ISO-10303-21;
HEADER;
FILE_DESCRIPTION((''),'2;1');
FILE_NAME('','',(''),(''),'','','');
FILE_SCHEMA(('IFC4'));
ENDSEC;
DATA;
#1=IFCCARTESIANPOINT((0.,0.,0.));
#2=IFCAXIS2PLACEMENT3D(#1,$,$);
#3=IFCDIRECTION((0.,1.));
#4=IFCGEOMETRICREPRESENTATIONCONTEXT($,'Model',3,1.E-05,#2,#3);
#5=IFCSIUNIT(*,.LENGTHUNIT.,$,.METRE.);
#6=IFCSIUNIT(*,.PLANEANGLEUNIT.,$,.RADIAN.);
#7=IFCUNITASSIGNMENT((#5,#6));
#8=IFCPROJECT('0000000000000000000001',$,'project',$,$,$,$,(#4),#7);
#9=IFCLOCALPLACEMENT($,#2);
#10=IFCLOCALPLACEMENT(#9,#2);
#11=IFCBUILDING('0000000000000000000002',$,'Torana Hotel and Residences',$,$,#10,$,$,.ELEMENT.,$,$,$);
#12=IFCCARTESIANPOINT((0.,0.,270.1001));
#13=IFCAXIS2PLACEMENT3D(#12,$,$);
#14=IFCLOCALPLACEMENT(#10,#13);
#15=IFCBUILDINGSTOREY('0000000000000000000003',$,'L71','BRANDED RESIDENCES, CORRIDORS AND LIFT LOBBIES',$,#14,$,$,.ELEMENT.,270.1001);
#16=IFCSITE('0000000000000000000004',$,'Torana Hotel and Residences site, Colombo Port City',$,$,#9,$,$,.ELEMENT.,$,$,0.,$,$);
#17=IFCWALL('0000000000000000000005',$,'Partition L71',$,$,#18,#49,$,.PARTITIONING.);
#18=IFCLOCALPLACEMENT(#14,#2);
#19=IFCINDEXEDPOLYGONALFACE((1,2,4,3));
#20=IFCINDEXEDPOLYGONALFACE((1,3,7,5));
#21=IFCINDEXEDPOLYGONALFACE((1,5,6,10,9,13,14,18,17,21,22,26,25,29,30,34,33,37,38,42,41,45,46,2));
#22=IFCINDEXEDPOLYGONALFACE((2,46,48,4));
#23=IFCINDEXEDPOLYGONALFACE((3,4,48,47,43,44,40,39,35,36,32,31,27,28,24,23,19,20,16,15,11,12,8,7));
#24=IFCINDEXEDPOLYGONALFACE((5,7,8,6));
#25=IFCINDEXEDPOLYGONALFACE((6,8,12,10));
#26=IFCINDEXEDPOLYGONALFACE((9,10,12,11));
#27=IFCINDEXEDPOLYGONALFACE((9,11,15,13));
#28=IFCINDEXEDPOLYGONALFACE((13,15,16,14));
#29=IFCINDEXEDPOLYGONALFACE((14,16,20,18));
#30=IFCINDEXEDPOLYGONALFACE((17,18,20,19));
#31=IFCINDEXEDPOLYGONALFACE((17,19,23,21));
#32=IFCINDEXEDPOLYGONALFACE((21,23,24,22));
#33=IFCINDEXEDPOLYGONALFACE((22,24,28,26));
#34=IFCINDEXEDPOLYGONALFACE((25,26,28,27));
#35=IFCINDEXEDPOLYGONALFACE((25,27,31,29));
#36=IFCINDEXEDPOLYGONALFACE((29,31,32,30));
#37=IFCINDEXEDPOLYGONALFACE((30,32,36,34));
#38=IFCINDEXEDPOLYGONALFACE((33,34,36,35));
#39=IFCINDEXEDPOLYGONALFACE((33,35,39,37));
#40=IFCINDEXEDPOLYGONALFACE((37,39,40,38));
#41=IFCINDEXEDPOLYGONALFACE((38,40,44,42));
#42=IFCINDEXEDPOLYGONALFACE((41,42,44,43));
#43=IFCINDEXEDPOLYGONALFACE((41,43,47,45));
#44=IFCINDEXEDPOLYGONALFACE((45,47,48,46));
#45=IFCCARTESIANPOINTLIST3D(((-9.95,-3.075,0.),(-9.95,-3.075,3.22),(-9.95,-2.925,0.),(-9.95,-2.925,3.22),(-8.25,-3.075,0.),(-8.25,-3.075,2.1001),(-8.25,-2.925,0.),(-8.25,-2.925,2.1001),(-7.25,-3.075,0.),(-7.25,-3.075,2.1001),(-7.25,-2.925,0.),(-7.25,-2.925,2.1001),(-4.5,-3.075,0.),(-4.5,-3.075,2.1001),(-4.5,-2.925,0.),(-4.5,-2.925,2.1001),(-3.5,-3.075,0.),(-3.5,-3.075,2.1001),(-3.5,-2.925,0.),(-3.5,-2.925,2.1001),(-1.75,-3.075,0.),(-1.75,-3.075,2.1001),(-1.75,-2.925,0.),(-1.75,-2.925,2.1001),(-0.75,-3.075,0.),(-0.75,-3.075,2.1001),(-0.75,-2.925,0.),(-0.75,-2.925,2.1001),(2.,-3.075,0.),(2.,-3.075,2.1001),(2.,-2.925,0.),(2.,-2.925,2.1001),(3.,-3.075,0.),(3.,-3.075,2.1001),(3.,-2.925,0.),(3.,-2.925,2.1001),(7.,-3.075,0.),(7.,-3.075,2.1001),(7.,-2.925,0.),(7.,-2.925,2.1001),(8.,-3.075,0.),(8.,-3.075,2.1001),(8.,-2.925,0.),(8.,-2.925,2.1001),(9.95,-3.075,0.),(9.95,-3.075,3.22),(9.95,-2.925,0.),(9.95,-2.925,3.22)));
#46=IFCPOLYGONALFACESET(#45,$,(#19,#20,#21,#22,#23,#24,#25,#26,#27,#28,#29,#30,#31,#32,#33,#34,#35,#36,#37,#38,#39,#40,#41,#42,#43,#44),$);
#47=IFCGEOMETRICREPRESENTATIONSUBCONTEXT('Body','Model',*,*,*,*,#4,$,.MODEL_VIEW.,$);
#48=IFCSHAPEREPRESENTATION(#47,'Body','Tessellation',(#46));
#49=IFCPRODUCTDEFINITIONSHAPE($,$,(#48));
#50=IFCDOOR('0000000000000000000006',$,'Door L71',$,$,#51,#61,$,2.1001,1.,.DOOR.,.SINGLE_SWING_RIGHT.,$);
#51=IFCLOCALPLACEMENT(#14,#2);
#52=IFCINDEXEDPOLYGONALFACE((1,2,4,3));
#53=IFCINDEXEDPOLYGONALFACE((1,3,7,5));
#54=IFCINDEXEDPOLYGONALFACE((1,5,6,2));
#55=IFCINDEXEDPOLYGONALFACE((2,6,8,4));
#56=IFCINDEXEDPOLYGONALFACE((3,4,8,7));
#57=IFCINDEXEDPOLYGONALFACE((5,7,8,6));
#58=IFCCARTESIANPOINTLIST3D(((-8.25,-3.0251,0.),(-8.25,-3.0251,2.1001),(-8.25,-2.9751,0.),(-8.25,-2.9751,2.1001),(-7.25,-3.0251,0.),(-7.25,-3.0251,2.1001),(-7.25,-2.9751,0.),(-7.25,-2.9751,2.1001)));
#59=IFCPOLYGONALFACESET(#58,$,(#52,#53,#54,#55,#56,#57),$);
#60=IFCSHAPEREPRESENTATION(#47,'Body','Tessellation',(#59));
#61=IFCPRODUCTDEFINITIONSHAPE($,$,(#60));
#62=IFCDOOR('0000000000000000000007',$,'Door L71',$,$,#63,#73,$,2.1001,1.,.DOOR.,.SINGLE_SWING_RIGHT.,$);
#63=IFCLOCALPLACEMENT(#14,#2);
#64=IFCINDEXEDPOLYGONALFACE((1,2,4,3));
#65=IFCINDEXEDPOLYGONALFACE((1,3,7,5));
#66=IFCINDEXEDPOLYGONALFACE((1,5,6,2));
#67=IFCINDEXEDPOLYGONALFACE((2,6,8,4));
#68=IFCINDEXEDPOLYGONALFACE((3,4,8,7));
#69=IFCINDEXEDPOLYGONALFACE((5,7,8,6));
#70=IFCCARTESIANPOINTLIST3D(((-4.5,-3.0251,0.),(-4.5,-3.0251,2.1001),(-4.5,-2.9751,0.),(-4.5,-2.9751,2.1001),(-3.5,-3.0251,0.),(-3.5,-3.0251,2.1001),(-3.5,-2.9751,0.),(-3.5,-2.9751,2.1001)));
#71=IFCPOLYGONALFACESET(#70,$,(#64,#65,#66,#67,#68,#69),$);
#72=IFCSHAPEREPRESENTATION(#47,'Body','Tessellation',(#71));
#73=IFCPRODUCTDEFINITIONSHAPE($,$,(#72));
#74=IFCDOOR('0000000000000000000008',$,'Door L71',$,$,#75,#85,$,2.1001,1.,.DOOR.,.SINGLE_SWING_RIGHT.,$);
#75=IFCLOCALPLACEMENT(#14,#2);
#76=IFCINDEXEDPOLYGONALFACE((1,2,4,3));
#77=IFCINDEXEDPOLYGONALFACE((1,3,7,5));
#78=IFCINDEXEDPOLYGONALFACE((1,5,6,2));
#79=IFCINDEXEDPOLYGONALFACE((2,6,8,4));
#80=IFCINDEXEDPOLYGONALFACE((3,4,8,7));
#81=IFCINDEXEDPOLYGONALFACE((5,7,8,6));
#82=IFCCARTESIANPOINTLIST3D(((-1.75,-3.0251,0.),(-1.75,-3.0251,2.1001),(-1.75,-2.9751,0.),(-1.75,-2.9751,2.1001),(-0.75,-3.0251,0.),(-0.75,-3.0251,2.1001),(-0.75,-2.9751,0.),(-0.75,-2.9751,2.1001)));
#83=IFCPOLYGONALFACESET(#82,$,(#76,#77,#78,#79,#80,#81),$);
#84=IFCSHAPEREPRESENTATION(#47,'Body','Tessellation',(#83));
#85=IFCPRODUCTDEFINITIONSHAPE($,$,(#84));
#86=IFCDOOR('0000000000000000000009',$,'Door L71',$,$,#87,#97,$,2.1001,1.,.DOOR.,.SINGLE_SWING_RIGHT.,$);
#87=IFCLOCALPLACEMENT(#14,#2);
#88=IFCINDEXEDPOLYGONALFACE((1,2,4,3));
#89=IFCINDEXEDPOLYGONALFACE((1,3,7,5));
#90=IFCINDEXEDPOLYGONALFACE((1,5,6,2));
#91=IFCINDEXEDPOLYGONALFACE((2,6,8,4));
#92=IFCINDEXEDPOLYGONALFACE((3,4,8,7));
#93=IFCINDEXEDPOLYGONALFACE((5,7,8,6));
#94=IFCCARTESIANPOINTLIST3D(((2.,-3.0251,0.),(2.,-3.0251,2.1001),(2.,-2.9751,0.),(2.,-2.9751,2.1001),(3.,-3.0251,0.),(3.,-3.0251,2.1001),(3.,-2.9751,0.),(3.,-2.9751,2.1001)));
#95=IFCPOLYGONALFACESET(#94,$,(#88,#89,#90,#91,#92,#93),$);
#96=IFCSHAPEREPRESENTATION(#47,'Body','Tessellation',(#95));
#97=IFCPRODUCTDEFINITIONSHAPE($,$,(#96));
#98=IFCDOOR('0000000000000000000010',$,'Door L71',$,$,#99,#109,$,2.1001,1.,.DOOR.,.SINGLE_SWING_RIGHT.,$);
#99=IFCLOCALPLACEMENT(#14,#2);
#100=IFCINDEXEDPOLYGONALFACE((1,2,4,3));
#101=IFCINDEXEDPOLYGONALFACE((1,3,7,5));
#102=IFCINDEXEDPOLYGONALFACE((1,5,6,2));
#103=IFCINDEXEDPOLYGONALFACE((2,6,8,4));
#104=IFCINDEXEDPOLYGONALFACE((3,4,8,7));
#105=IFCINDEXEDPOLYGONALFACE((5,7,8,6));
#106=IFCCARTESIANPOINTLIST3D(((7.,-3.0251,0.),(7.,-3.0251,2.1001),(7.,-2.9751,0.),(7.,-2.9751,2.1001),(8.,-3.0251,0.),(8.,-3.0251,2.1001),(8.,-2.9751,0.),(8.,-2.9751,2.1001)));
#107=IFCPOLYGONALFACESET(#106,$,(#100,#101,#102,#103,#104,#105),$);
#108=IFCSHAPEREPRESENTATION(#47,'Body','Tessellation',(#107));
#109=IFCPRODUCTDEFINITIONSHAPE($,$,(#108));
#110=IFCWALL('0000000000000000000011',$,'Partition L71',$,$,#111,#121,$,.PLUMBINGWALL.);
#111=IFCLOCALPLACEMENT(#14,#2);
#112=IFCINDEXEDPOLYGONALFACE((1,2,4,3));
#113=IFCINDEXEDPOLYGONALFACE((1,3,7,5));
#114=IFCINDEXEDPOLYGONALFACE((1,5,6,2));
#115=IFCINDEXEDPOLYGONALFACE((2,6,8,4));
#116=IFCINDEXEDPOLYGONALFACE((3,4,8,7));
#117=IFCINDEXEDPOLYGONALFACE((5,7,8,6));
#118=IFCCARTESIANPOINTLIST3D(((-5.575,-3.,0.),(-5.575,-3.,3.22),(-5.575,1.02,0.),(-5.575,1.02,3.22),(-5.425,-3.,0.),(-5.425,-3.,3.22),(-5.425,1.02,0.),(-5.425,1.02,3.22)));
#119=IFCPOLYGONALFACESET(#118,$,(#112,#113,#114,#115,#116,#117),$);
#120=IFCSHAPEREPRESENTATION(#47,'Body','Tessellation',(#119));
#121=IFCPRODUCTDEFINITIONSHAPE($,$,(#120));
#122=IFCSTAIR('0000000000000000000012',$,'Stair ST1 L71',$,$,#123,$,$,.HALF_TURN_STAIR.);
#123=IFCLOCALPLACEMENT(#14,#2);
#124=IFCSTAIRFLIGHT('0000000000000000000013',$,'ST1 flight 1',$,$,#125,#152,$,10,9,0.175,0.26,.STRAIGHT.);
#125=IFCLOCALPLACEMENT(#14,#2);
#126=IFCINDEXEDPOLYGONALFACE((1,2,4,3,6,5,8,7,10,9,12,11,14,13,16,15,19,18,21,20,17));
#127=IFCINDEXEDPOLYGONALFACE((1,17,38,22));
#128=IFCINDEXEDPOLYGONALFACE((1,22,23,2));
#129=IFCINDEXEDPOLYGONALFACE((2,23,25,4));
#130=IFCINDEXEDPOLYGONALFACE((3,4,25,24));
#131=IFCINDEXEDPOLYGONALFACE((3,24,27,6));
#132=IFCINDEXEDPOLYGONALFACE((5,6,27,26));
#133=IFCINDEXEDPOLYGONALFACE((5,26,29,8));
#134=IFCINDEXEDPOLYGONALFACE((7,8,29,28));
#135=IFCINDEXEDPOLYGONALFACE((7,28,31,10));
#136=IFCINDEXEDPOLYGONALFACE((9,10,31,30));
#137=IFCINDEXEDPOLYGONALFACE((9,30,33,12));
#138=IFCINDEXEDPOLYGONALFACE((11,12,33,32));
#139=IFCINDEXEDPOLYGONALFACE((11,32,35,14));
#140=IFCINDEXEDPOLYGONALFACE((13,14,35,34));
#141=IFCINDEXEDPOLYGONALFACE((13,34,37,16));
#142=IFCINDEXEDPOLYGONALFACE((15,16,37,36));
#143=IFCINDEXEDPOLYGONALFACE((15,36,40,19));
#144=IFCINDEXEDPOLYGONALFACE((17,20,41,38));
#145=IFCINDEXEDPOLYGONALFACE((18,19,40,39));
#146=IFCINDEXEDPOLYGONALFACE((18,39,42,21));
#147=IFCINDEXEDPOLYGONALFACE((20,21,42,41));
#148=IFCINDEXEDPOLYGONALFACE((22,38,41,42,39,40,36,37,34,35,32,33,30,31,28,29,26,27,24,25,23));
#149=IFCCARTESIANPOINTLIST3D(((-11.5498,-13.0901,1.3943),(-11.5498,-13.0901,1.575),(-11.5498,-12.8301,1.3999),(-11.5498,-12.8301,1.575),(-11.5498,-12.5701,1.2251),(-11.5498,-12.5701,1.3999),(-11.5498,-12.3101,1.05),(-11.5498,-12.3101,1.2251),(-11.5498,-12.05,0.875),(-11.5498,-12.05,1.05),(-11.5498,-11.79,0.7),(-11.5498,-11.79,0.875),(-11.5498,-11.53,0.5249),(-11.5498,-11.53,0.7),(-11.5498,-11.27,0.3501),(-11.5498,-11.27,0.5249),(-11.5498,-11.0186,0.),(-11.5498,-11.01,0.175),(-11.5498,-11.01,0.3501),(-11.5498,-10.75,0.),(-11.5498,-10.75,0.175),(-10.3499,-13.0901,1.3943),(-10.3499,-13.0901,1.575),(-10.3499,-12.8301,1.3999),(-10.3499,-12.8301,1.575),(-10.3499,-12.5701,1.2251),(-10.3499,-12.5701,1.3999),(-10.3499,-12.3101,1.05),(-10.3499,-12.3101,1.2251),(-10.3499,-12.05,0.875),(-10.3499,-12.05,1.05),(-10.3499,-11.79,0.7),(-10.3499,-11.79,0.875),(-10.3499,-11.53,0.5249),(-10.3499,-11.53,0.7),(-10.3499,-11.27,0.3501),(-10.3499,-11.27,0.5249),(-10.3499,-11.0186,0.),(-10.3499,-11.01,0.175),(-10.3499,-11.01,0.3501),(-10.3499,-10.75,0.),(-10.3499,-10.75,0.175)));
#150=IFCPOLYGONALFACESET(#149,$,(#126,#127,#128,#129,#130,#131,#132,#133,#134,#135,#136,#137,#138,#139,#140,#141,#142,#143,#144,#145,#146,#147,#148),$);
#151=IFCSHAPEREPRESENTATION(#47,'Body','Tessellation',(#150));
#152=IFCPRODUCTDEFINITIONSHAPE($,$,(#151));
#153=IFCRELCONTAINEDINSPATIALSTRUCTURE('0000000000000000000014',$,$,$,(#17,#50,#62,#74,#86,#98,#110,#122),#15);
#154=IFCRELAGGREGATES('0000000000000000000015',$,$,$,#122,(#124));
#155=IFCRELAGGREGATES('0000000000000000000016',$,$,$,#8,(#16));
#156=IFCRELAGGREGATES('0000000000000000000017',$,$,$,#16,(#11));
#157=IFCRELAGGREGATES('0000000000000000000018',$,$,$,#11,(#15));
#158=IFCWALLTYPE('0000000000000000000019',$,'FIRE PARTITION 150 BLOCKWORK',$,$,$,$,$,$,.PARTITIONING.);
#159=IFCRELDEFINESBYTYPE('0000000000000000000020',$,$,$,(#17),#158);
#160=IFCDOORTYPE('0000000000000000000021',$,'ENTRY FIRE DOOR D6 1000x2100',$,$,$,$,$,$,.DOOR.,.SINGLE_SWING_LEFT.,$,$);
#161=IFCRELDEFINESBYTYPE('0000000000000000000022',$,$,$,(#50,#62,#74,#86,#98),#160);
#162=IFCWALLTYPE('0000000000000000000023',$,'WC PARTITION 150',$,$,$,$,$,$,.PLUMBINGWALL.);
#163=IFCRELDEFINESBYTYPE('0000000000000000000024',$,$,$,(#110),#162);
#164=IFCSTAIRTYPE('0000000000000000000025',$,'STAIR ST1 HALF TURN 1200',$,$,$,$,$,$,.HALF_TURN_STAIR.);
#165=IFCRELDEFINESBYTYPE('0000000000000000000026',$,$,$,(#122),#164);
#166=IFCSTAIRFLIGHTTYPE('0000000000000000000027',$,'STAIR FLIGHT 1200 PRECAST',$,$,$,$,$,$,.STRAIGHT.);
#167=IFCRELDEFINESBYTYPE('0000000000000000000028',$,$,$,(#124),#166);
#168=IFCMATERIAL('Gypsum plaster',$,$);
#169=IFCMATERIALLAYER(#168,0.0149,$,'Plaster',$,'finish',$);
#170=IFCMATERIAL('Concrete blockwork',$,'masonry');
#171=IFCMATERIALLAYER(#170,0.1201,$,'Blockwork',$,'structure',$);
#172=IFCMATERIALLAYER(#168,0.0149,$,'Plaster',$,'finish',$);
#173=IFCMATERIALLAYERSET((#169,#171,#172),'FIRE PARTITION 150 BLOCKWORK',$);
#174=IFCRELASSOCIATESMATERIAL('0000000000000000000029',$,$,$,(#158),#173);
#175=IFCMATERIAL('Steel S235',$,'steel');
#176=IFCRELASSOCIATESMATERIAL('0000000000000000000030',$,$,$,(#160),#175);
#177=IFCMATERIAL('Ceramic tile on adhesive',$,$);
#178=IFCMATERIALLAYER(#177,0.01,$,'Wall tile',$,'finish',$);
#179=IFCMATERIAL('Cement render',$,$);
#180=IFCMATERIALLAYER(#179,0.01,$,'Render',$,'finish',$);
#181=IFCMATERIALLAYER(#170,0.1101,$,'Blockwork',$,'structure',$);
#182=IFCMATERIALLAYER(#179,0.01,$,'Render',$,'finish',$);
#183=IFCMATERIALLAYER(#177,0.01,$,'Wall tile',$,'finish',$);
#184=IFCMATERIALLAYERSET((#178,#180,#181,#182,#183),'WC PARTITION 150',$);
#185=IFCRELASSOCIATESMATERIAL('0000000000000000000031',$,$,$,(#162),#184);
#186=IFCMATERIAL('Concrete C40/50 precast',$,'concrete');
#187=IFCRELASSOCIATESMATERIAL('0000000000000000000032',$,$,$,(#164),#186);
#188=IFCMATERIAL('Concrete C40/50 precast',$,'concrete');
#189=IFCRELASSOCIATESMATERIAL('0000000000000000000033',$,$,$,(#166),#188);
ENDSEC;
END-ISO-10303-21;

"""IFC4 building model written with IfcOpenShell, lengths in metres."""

from ifc_helpers import new_model, si_unit, direction, frame, frame_2d, origin, place, context, subcontext, project, spatial, polyline, rectangle, outline, extrude, material, layer, layer_set, type_object, element, fill, aggregate, save


model = new_model("IFC4")

# Units and contexts
model_context = context("Model", 3, precision=1e-05, world=origin(), true_north=direction((0.0, 1.0)))
body_context = subcontext(model_context, "Body", "Model", "MODEL_VIEW")
ifc_project = project(units=[si_unit("LENGTHUNIT", "METRE"), si_unit("PLANEANGLEUNIT", "RADIAN")], contexts=[model_context])

# Site, building, storey
site_placement = place(None, origin())
site = spatial("IfcSite", under=ifc_project, at=site_placement, Name="Torana Hotel and Residences site, Colombo Port City", CompositionType="ELEMENT", RefElevation=0.0)
building_placement = place(site_placement, origin())
building = spatial("IfcBuilding", under=site, at=building_placement, Name="Torana Hotel and Residences", CompositionType="ELEMENT")
storey_placement = place(building_placement, frame((0.0, 0.0, 270.1001)))
storey = spatial("IfcBuildingStorey", under=building, at=storey_placement, Name="L71", Description="BRANDED RESIDENCES, CORRIDORS AND LIFT LOBBIES", CompositionType="ELEMENT", Elevation=270.1001)

# Shared definitions
ifc_material_1 = material(Name="Gypsum plaster")
ifc_layer_1 = layer(ifc_material_1, 0.0149, Name="Plaster", Category="finish")
ifc_material_2 = material(Name="Concrete blockwork", Category="masonry")
ifc_layer_2 = layer(ifc_material_2, 0.1201, Name="Blockwork", Category="structure")
ifc_layer_3 = layer(ifc_material_1, 0.0149, Name="Plaster", Category="finish")
ifc_layer_set_1 = layer_set([ifc_layer_1, ifc_layer_2, ifc_layer_3], Name="FIRE PARTITION 150 BLOCKWORK")
wall_type_1 = type_object("IfcWallType", Name="FIRE PARTITION 150 BLOCKWORK", PredefinedType="PARTITIONING", material=ifc_layer_set_1)

# Wall, openings, doors
ifc_material_3 = material(Name="Steel S235", Category="steel")
door_type_1 = type_object("IfcDoorType", Name="ENTRY FIRE DOOR D6 1000x2100", OperationType="SINGLE_SWING_LEFT", PredefinedType="DOOR", material=ifc_material_3)
wall_1_placement = place(storey_placement, frame((-9.95, -3.0, 0.0), z_axis=(0.0, 0.0, 1.0), x_axis=(1.0, 0.0, 0.0)))
wall_1 = element("IfcWall", 1, at=wall_1_placement, inside=storey, type_object=wall_type_1, Name="Partition L71", PredefinedType="PARTITIONING", context=body_context, shape_type="SweptSolid", body=[
    extrude(rectangle(XDim=19.8999, YDim=0.1499, at=frame_2d((9.95, 0.0))), origin(), (0.0, 0.0, 1.0), 3.22),
])
opening_1_placement = place(wall_1_placement, frame((1.7, 0.0, 0.0)))
opening_1 = element("IfcOpeningElement", 2, at=opening_1_placement, cuts=wall_1, PredefinedType="OPENING", context=body_context, shape_type="SweptSolid", body=[
    extrude(rectangle(XDim=1.0, YDim=2.1001, at=frame_2d((0.5, 1.05))), frame((0.0, 0.085, 0.0), z_axis=(0.0, -1.0, 0.0), x_axis=(1.0, 0.0, 0.0)), (0.0, 0.0, 1.0), 0.1699),
])
opening_2_placement = place(wall_1_placement, frame((5.45, 0.0, 0.0)))
opening_2 = element("IfcOpeningElement", 3, at=opening_2_placement, cuts=wall_1, PredefinedType="OPENING", context=body_context, shape_type="SweptSolid", body=[
    extrude(rectangle(XDim=1.0, YDim=2.1001, at=frame_2d((0.5, 1.05))), frame((0.0, 0.085, 0.0), z_axis=(0.0, -1.0, 0.0), x_axis=(1.0, 0.0, 0.0)), (0.0, 0.0, 1.0), 0.1699),
])
opening_3_placement = place(wall_1_placement, frame((8.2, 0.0, 0.0)))
opening_3 = element("IfcOpeningElement", 4, at=opening_3_placement, cuts=wall_1, PredefinedType="OPENING", context=body_context, shape_type="SweptSolid", body=[
    extrude(rectangle(XDim=1.0, YDim=2.1001, at=frame_2d((0.5, 1.05))), frame((0.0, 0.085, 0.0), z_axis=(0.0, -1.0, 0.0), x_axis=(1.0, 0.0, 0.0)), (0.0, 0.0, 1.0), 0.1699),
])
opening_4_placement = place(wall_1_placement, frame((11.95, 0.0, 0.0)))
opening_4 = element("IfcOpeningElement", 5, at=opening_4_placement, cuts=wall_1, PredefinedType="OPENING", context=body_context, shape_type="SweptSolid", body=[
    extrude(rectangle(XDim=1.0, YDim=2.1001, at=frame_2d((0.5, 1.05))), frame((0.0, 0.085, 0.0), z_axis=(0.0, -1.0, 0.0), x_axis=(1.0, 0.0, 0.0)), (0.0, 0.0, 1.0), 0.1699),
])
opening_5_placement = place(wall_1_placement, frame((16.95, 0.0, 0.0)))
opening_5 = element("IfcOpeningElement", 6, at=opening_5_placement, cuts=wall_1, PredefinedType="OPENING", context=body_context, shape_type="SweptSolid", body=[
    extrude(rectangle(XDim=1.0, YDim=2.1001, at=frame_2d((0.5, 1.05))), frame((0.0, 0.085, 0.0), z_axis=(0.0, -1.0, 0.0), x_axis=(1.0, 0.0, 0.0)), (0.0, 0.0, 1.0), 0.1699),
])
door_1_placement = place(opening_1_placement, origin())
door_1 = element("IfcDoor", 7, at=door_1_placement, inside=storey, type_object=door_type_1, Name="Door L71", OperationType="SINGLE_SWING_RIGHT", OverallHeight=2.1001, OverallWidth=1.0, PredefinedType="DOOR", context=body_context, shape_type="SweptSolid", body=[
    extrude(rectangle(XDim=1.0, YDim=2.1001, at=frame_2d((0.5, 1.05))), frame((0.0, 0.0249, 0.0), z_axis=(0.0, -1.0, 0.0), x_axis=(1.0, 0.0, 0.0)), (0.0, 0.0, 1.0), 0.05),
])
fill(opening_1, door_1)
door_2_placement = place(opening_2_placement, origin())
door_2 = element("IfcDoor", 8, at=door_2_placement, inside=storey, type_object=door_type_1, Name="Door L71", OperationType="SINGLE_SWING_RIGHT", OverallHeight=2.1001, OverallWidth=1.0, PredefinedType="DOOR", context=body_context, shape_type="SweptSolid", body=[
    extrude(rectangle(XDim=1.0, YDim=2.1001, at=frame_2d((0.5, 1.05))), frame((0.0, 0.0249, 0.0), z_axis=(0.0, -1.0, 0.0), x_axis=(1.0, 0.0, 0.0)), (0.0, 0.0, 1.0), 0.05),
])
fill(opening_2, door_2)
door_3_placement = place(opening_3_placement, origin())
door_3 = element("IfcDoor", 9, at=door_3_placement, inside=storey, type_object=door_type_1, Name="Door L71", OperationType="SINGLE_SWING_RIGHT", OverallHeight=2.1001, OverallWidth=1.0, PredefinedType="DOOR", context=body_context, shape_type="SweptSolid", body=[
    extrude(rectangle(XDim=1.0, YDim=2.1001, at=frame_2d((0.5, 1.05))), frame((0.0, 0.0249, 0.0), z_axis=(0.0, -1.0, 0.0), x_axis=(1.0, 0.0, 0.0)), (0.0, 0.0, 1.0), 0.05),
])
fill(opening_3, door_3)
door_4_placement = place(opening_4_placement, origin())
door_4 = element("IfcDoor", 10, at=door_4_placement, inside=storey, type_object=door_type_1, Name="Door L71", OperationType="SINGLE_SWING_RIGHT", OverallHeight=2.1001, OverallWidth=1.0, PredefinedType="DOOR", context=body_context, shape_type="SweptSolid", body=[
    extrude(rectangle(XDim=1.0, YDim=2.1001, at=frame_2d((0.5, 1.05))), frame((0.0, 0.0249, 0.0), z_axis=(0.0, -1.0, 0.0), x_axis=(1.0, 0.0, 0.0)), (0.0, 0.0, 1.0), 0.05),
])
fill(opening_4, door_4)
door_5_placement = place(opening_5_placement, origin())
door_5 = element("IfcDoor", 11, at=door_5_placement, inside=storey, type_object=door_type_1, Name="Door L71", OperationType="SINGLE_SWING_RIGHT", OverallHeight=2.1001, OverallWidth=1.0, PredefinedType="DOOR", context=body_context, shape_type="SweptSolid", body=[
    extrude(rectangle(XDim=1.0, YDim=2.1001, at=frame_2d((0.5, 1.05))), frame((0.0, 0.0249, 0.0), z_axis=(0.0, -1.0, 0.0), x_axis=(1.0, 0.0, 0.0)), (0.0, 0.0, 1.0), 0.05),
])
fill(opening_5, door_5)

# Wall
ifc_material_4 = material(Name="Ceramic tile on adhesive")
ifc_layer_4 = layer(ifc_material_4, 0.01, Name="Wall tile", Category="finish")
ifc_material_5 = material(Name="Cement render")
ifc_layer_5 = layer(ifc_material_5, 0.01, Name="Render", Category="finish")
ifc_layer_6 = layer(ifc_material_2, 0.1101, Name="Blockwork", Category="structure")
ifc_layer_7 = layer(ifc_material_5, 0.01, Name="Render", Category="finish")
ifc_layer_8 = layer(ifc_material_4, 0.01, Name="Wall tile", Category="finish")
ifc_layer_set_2 = layer_set([ifc_layer_4, ifc_layer_5, ifc_layer_6, ifc_layer_7, ifc_layer_8], Name="WC PARTITION 150")
wall_type_2 = type_object("IfcWallType", Name="WC PARTITION 150", PredefinedType="PLUMBINGWALL", material=ifc_layer_set_2)
wall_2_placement = place(storey_placement, frame((-5.5, -3.0, 0.0), z_axis=(0.0, 0.0, 1.0), x_axis=(0.0, 1.0, 0.0)))
element("IfcWall", 12, at=wall_2_placement, inside=storey, type_object=wall_type_2, Name="Partition L71", PredefinedType="PLUMBINGWALL", context=body_context, shape_type="SweptSolid", body=[
    extrude(rectangle(XDim=4.02, YDim=0.1499, at=frame_2d((2.01, 0.0))), origin(), (0.0, 0.0, 1.0), 3.22),
])

# Stair, stair flight
ifc_material_6 = material(Name="Concrete C40/50 precast", Category="concrete")
stair_type = type_object("IfcStairType", Name="STAIR ST1 HALF TURN 1200", PredefinedType="HALF_TURN_STAIR", material=ifc_material_6)
stair_placement = place(storey_placement, origin())
stair = element("IfcStair", 13, at=stair_placement, inside=storey, type_object=stair_type, Name="Stair ST1 L71", PredefinedType="HALF_TURN_STAIR")
ifc_material_7 = material(Name="Concrete C40/50 precast", Category="concrete")
stair_flight_type = type_object("IfcStairFlightType", Name="STAIR FLIGHT 1200 PRECAST", PredefinedType="STRAIGHT", material=ifc_material_7)
stair_flight_1_placement = place(storey_placement, frame((-10.95, -10.75, 0.0), z_axis=(0.0, 0.0, 1.0), x_axis=(0.0, -1.0, 0.0)))
stair_flight_1 = element("IfcStairFlight", 14, at=stair_flight_1_placement, type_object=stair_flight_type, Name="ST1 flight 1", NumberOfRisers=10, NumberOfTreads=9, PredefinedType="STRAIGHT", RiserHeight=0.175, TreadLength=0.26, context=body_context, shape_type="SweptSolid", body=[
    extrude(outline(polyline([(0.0, 0.0), (0.0, 0.175), (0.26, 0.175), (0.26, 0.3501), (0.52, 0.3501), (0.52, 0.5249), (0.78, 0.5249), (0.78, 0.7), (1.04, 0.7), (1.04, 0.875), (1.3, 0.875), (1.3, 1.05), (1.5601, 1.05), (1.5601, 1.2251), (1.8201, 1.2251), (1.8201, 1.3999), (2.0801, 1.3999), (2.0801, 1.575), (2.3401, 1.575), (2.3401, 1.75), (2.3401, 1.3943), (0.2686, 0.0), (0.0, 0.0)])), frame((0.0, 0.6001, 0.0), z_axis=(0.0, -1.0, 0.0), x_axis=(1.0, 0.0, 0.0)), (0.0, 0.0, 1.0), 1.2),
])
aggregate(stair, [stair_flight_1])

save(model, "model.ifc")
